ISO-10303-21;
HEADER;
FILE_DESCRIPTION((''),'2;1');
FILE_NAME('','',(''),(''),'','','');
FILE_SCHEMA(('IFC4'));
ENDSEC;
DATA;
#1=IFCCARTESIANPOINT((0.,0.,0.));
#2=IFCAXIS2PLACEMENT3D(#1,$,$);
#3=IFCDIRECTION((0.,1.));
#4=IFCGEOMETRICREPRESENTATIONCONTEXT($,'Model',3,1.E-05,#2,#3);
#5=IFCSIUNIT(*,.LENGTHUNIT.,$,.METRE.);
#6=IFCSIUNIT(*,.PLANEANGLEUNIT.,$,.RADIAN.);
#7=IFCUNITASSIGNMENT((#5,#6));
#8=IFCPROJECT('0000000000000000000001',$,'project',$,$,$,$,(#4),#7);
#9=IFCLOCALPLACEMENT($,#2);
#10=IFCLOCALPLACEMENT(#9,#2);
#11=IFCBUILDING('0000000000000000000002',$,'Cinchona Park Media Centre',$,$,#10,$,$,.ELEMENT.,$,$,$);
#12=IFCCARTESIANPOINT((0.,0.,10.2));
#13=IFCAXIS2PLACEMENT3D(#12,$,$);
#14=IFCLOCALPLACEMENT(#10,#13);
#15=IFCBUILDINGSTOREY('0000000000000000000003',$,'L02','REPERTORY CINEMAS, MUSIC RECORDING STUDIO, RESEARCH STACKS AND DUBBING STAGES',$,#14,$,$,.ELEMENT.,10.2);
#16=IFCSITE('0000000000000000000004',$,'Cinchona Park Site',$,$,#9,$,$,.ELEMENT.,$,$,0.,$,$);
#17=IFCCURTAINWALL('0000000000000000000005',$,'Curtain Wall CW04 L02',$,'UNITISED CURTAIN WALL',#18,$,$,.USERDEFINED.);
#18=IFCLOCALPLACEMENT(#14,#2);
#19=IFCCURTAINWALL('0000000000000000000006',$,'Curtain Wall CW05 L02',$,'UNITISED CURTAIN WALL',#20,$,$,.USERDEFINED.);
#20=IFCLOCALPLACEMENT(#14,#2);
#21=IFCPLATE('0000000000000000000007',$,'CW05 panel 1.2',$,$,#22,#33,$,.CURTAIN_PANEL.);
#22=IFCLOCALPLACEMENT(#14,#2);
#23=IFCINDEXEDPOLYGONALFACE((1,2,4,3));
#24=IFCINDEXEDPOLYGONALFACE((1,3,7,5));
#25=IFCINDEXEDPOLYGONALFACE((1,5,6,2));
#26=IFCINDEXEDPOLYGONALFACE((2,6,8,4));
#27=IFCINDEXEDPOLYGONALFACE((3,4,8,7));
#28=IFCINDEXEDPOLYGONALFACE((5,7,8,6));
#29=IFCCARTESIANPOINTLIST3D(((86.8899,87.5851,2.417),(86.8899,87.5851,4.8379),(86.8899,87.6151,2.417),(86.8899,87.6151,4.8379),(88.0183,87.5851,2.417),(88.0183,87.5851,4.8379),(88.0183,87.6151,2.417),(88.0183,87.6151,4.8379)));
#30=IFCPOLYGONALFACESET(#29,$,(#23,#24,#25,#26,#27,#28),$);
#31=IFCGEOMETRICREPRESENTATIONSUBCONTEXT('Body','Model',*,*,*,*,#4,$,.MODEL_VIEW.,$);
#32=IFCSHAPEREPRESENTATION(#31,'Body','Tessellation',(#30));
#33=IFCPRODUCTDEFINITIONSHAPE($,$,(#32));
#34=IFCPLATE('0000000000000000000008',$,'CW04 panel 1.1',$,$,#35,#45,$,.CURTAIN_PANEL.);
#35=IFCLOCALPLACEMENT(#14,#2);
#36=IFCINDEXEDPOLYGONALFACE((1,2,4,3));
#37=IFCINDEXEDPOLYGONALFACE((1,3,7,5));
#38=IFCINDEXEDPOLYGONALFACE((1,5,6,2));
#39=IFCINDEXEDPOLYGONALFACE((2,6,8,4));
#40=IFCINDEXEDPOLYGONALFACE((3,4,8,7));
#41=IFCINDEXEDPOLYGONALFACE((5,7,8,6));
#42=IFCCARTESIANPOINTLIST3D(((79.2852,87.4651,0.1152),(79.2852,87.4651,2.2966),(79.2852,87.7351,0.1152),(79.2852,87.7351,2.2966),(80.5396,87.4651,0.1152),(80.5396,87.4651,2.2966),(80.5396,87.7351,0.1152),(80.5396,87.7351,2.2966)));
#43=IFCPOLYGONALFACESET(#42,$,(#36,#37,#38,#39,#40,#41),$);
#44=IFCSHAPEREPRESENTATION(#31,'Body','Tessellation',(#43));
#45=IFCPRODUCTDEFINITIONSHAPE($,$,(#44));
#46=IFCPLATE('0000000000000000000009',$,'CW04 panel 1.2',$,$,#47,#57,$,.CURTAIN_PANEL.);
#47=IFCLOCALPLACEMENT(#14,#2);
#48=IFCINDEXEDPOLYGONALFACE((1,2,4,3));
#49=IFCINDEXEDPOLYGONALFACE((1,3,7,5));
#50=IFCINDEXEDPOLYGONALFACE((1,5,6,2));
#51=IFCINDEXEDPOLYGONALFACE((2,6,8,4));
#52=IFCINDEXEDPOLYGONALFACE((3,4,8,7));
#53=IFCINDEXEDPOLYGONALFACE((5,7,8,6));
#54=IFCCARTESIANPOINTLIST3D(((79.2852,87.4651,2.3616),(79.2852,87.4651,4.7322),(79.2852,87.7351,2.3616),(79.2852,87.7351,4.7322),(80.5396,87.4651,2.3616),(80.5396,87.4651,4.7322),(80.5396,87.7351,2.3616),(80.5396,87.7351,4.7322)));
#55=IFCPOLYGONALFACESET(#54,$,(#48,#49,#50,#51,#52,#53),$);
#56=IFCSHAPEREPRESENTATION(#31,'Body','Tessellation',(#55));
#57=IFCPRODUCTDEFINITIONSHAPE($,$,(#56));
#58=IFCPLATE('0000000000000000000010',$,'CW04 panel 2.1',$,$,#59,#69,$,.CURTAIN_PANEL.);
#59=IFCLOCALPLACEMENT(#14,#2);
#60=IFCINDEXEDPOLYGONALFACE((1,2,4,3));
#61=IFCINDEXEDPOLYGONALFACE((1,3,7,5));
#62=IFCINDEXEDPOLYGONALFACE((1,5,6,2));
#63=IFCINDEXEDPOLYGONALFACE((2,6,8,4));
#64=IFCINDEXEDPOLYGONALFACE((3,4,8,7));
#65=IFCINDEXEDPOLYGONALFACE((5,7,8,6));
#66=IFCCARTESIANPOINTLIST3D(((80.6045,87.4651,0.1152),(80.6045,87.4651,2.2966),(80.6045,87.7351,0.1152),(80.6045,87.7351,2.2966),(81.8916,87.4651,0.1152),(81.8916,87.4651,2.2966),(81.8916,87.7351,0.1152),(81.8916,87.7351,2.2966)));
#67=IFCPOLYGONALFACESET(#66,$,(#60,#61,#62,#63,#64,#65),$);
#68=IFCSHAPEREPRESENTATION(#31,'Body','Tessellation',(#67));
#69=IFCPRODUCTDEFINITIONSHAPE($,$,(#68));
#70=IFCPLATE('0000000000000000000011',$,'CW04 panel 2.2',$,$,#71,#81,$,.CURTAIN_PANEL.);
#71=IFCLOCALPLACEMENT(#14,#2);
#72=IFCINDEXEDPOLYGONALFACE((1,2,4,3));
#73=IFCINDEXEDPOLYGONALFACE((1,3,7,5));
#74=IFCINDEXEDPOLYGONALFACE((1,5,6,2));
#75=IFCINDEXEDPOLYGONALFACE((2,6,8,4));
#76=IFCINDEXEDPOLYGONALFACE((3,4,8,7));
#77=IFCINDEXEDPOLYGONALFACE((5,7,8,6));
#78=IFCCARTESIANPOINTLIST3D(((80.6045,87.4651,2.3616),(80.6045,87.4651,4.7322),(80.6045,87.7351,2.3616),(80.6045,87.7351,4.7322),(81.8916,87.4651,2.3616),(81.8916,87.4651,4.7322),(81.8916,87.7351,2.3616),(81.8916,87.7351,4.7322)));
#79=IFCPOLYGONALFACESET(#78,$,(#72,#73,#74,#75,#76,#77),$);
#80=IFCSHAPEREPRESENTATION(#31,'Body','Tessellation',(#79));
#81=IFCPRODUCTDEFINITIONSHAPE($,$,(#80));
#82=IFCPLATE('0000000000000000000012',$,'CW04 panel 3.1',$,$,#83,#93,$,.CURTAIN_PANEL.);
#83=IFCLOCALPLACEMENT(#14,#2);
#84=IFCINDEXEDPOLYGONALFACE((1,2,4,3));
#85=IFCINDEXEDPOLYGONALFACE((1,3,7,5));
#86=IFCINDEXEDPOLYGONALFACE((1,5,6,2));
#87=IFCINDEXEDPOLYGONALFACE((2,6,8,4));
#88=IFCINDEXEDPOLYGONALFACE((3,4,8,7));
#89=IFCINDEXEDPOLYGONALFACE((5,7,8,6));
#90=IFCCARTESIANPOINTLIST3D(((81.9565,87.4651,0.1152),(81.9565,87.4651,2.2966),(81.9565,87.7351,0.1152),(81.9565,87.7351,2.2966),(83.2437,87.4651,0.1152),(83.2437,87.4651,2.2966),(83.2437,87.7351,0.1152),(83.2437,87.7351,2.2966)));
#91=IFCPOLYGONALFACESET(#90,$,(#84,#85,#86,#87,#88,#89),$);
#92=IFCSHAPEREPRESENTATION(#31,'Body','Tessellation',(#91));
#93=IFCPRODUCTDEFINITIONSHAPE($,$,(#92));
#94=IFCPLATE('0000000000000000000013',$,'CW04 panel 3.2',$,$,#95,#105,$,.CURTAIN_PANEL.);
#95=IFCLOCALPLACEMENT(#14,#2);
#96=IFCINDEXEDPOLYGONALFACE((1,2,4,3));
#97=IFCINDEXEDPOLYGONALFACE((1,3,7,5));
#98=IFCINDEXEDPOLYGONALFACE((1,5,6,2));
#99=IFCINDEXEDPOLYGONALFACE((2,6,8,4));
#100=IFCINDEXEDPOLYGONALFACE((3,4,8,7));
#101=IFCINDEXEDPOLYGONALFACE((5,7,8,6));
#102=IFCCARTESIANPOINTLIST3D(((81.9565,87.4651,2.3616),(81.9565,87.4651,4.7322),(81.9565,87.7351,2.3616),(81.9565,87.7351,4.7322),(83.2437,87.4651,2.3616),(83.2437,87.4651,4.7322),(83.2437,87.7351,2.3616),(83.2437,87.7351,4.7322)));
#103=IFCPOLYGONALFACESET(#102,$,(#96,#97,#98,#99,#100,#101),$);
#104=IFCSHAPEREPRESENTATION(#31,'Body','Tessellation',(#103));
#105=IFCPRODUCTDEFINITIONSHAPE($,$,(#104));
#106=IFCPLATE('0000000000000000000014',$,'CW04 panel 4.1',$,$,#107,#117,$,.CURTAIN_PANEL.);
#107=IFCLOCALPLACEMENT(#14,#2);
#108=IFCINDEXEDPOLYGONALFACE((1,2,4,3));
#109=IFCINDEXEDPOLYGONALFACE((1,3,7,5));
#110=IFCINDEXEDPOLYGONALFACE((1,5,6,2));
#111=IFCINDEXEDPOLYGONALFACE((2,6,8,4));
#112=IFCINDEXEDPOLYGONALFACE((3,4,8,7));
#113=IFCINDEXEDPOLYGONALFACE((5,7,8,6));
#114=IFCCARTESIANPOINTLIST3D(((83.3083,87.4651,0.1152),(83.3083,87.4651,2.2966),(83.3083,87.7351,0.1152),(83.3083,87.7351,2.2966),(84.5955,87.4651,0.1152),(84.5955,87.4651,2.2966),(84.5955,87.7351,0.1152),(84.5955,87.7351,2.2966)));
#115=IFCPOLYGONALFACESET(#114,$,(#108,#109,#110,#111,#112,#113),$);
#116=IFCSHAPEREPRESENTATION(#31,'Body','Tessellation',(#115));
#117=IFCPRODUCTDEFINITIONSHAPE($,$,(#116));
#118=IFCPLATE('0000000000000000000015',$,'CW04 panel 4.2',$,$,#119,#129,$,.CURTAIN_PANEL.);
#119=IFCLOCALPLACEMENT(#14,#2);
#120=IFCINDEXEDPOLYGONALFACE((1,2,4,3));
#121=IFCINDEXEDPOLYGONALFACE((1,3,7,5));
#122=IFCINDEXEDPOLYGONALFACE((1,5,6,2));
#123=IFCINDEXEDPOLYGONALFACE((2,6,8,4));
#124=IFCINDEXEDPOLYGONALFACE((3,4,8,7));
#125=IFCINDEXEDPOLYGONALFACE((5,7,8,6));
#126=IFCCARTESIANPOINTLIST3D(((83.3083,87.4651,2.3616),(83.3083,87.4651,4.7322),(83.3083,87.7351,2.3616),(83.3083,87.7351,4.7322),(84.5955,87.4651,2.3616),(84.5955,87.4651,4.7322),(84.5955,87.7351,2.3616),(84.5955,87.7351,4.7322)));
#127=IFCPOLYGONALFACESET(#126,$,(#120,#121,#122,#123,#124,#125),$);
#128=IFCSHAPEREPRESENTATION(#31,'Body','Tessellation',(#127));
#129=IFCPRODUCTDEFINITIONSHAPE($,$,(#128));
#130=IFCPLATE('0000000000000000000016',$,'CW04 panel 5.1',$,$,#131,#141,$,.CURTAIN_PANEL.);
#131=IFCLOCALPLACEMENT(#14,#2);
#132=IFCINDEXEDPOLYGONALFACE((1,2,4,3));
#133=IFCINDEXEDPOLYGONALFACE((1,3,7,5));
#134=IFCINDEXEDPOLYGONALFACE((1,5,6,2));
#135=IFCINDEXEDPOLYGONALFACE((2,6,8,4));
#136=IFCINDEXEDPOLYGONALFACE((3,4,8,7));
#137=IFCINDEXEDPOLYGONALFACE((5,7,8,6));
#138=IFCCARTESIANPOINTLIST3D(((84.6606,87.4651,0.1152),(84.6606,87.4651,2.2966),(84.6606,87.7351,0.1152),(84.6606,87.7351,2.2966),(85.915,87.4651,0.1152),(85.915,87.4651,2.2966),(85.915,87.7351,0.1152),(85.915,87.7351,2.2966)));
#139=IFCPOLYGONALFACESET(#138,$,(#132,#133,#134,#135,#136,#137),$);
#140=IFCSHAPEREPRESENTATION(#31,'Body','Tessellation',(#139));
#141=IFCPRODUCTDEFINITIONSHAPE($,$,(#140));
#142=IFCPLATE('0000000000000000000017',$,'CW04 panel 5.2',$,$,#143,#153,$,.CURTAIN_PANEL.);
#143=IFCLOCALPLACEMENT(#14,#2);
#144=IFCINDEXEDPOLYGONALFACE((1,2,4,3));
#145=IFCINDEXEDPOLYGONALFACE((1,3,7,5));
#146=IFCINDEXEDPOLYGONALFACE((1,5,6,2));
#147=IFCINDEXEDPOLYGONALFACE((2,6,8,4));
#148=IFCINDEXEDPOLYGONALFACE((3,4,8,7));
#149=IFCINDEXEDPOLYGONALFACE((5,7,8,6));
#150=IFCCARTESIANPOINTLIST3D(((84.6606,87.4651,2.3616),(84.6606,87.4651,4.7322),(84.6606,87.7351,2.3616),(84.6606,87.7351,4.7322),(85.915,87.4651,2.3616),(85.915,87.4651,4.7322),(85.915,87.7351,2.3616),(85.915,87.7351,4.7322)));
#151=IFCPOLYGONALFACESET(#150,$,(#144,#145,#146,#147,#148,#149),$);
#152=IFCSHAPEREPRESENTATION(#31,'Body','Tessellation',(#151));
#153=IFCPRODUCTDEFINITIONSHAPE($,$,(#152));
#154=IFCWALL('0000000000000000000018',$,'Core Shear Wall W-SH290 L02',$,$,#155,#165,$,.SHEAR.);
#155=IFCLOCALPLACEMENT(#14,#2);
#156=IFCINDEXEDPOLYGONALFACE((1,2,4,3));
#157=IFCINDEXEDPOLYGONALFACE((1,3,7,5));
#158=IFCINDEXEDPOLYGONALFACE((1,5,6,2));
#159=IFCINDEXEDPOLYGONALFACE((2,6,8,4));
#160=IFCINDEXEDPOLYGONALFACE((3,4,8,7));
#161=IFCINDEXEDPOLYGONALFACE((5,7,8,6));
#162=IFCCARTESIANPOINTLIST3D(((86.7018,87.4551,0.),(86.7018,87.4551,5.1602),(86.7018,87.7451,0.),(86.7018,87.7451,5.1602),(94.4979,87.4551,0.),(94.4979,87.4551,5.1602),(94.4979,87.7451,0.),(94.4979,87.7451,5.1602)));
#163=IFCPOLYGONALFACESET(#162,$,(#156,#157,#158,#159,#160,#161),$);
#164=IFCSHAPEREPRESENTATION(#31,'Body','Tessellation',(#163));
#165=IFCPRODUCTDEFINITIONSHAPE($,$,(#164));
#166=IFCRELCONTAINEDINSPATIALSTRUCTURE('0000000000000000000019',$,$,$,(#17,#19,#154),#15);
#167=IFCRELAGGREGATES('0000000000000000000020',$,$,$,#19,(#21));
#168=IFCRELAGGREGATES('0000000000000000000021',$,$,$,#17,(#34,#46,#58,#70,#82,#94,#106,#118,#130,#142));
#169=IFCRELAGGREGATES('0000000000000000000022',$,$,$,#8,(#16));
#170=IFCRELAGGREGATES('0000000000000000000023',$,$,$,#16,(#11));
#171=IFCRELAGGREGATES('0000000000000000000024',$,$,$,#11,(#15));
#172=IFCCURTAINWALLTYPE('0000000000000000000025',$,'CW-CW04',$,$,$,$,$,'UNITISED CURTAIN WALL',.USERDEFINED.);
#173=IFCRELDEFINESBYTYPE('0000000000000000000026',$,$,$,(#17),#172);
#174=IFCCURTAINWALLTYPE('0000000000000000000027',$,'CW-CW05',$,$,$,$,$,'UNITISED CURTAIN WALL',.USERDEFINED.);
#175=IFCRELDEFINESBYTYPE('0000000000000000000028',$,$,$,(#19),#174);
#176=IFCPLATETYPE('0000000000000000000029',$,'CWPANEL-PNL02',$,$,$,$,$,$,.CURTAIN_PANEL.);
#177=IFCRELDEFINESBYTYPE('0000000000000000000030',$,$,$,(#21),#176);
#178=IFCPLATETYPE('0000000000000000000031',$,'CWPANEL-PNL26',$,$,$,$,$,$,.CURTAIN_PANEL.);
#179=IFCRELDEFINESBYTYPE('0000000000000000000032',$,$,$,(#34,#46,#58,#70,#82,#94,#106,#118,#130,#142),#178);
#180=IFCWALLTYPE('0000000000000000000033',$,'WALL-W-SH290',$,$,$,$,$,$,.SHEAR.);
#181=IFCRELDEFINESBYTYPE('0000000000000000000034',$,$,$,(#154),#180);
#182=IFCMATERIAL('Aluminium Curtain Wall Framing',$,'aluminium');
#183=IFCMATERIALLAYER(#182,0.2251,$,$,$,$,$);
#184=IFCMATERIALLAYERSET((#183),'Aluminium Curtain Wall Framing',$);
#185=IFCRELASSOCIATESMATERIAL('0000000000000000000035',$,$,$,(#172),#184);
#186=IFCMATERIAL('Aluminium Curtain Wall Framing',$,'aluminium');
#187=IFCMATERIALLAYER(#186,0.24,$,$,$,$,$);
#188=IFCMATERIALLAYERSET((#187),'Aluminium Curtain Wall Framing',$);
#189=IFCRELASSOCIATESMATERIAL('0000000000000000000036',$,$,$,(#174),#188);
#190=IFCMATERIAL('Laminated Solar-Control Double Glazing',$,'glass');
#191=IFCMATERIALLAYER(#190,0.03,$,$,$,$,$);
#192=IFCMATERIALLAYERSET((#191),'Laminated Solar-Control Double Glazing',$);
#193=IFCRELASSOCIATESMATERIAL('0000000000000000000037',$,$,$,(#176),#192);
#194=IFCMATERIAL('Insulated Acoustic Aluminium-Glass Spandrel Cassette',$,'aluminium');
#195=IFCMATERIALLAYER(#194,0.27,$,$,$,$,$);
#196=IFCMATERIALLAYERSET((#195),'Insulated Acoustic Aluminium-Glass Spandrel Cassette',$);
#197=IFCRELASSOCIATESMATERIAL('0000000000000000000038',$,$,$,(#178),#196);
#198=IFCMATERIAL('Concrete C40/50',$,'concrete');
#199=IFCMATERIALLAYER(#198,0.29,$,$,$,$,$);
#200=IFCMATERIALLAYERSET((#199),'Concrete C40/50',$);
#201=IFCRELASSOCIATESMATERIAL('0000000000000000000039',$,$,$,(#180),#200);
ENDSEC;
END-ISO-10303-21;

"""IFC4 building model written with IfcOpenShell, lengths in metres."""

from ifc_helpers import new_model, si_unit, direction, frame, frame_2d, origin, origin_2d, place, context, subcontext, project, spatial, rectangle, extrude, material, layer, layer_set, type_object, element, aggregate, save


model = new_model("IFC4")

# Units and contexts
model_context = context("Model", 3, precision=1e-05, world=origin(), true_north=direction((0.0, 1.0)))
body_context = subcontext(model_context, "Body", "Model", "MODEL_VIEW")
ifc_project = project(units=[si_unit("LENGTHUNIT", "METRE"), si_unit("PLANEANGLEUNIT", "RADIAN")], contexts=[model_context])

# Site, building, storey
site_placement = place(None, origin())
site = spatial("IfcSite", under=ifc_project, at=site_placement, Name="Cinchona Park Site", CompositionType="ELEMENT", RefElevation=0.0)
building_placement = place(site_placement, origin())
building = spatial("IfcBuilding", under=site, at=building_placement, Name="Cinchona Park Media Centre", CompositionType="ELEMENT")
storey_placement = place(building_placement, frame((0.0, 0.0, 10.2)))
storey = spatial("IfcBuildingStorey", under=building, at=storey_placement, Name="L02", Description="REPERTORY CINEMAS, MUSIC RECORDING STUDIO, RESEARCH STACKS AND DUBBING STAGES", CompositionType="ELEMENT", Elevation=10.2)

# Curtain wall
ifc_material_1 = material(Name="Aluminium Curtain Wall Framing", Category="aluminium")
ifc_layer_1 = layer(ifc_material_1, 0.2251)
ifc_layer_set_1 = layer_set([ifc_layer_1], Name="Aluminium Curtain Wall Framing")
curtain_wall_type_1 = type_object("IfcCurtainWallType", Name="CW-CW04", ElementType="UNITISED CURTAIN WALL", PredefinedType="USERDEFINED", material=ifc_layer_set_1)
curtain_wall_1_placement = place(storey_placement, origin())
curtain_wall_1 = element("IfcCurtainWall", 1, at=curtain_wall_1_placement, inside=storey, type_object=curtain_wall_type_1, Name="Curtain Wall CW04 L02", ObjectType="UNITISED CURTAIN WALL", PredefinedType="USERDEFINED")

# Curtain wall
ifc_material_2 = material(Name="Aluminium Curtain Wall Framing", Category="aluminium")
ifc_layer_2 = layer(ifc_material_2, 0.24)
ifc_layer_set_2 = layer_set([ifc_layer_2], Name="Aluminium Curtain Wall Framing")
curtain_wall_type_2 = type_object("IfcCurtainWallType", Name="CW-CW05", ElementType="UNITISED CURTAIN WALL", PredefinedType="USERDEFINED", material=ifc_layer_set_2)
curtain_wall_2_placement = place(storey_placement, origin())
curtain_wall_2 = element("IfcCurtainWall", 2, at=curtain_wall_2_placement, inside=storey, type_object=curtain_wall_type_2, Name="Curtain Wall CW05 L02", ObjectType="UNITISED CURTAIN WALL", PredefinedType="USERDEFINED")

# Plates
ifc_material_3 = material(Name="Laminated Solar-Control Double Glazing", Category="glass")
ifc_layer_3 = layer(ifc_material_3, 0.03)
ifc_layer_set_3 = layer_set([ifc_layer_3], Name="Laminated Solar-Control Double Glazing")
plate_type_1 = type_object("IfcPlateType", Name="CWPANEL-PNL02", PredefinedType="CURTAIN_PANEL", material=ifc_layer_set_3)
plate_1_placement = place(storey_placement, frame((87.4541, 87.6001, 2.417), z_axis=(0.0, 0.0, 1.0), x_axis=(1.0, 0.0, 0.0)))
plate_1 = element("IfcPlate", 3, at=plate_1_placement, type_object=plate_type_1, Name="CW05 panel 1.2", PredefinedType="CURTAIN_PANEL", context=body_context, shape_type="SweptSolid", body=[
    extrude(rectangle(XDim=1.1284, YDim=0.03, at=origin_2d()), origin(), (0.0, 0.0, 1.0), 2.4209),
])
aggregate(curtain_wall_2, [plate_1])
ifc_material_4 = material(Name="Insulated Acoustic Aluminium-Glass Spandrel Cassette", Category="aluminium")
ifc_layer_4 = layer(ifc_material_4, 0.27)
ifc_layer_set_4 = layer_set([ifc_layer_4], Name="Insulated Acoustic Aluminium-Glass Spandrel Cassette")
plate_type_2 = type_object("IfcPlateType", Name="CWPANEL-PNL26", PredefinedType="CURTAIN_PANEL", material=ifc_layer_set_4)
plate_2_placement = place(storey_placement, frame((79.9124, 87.6001, 0.1152), z_axis=(0.0, 0.0, 1.0), x_axis=(1.0, 0.0, 0.0)))
plate_2 = element("IfcPlate", 4, at=plate_2_placement, type_object=plate_type_2, Name="CW04 panel 1.1", PredefinedType="CURTAIN_PANEL", context=body_context, shape_type="SweptSolid", body=[
    extrude(rectangle(XDim=1.2544, YDim=0.27, at=origin_2d()), origin(), (0.0, 0.0, 1.0), 2.1814),
])
plate_3_placement = place(storey_placement, frame((79.9124, 87.6001, 2.3616), z_axis=(0.0, 0.0, 1.0), x_axis=(1.0, 0.0, 0.0)))
plate_3 = element("IfcPlate", 5, at=plate_3_placement, type_object=plate_type_2, Name="CW04 panel 1.2", PredefinedType="CURTAIN_PANEL", context=body_context, shape_type="SweptSolid", body=[
    extrude(rectangle(XDim=1.2544, YDim=0.27, at=origin_2d()), origin(), (0.0, 0.0, 1.0), 2.3706),
])
plate_4_placement = place(storey_placement, frame((81.248, 87.6001, 0.1152), z_axis=(0.0, 0.0, 1.0), x_axis=(1.0, 0.0, 0.0)))
plate_4 = element("IfcPlate", 6, at=plate_4_placement, type_object=plate_type_2, Name="CW04 panel 2.1", PredefinedType="CURTAIN_PANEL", context=body_context, shape_type="SweptSolid", body=[
    extrude(rectangle(XDim=1.2871, YDim=0.27, at=origin_2d()), origin(), (0.0, 0.0, 1.0), 2.1814),
])
plate_5_placement = place(storey_placement, frame((81.248, 87.6001, 2.3616), z_axis=(0.0, 0.0, 1.0), x_axis=(1.0, 0.0, 0.0)))
plate_5 = element("IfcPlate", 7, at=plate_5_placement, type_object=plate_type_2, Name="CW04 panel 2.2", PredefinedType="CURTAIN_PANEL", context=body_context, shape_type="SweptSolid", body=[
    extrude(rectangle(XDim=1.2871, YDim=0.27, at=origin_2d()), origin(), (0.0, 0.0, 1.0), 2.3706),
])
plate_6_placement = place(storey_placement, frame((82.6001, 87.6001, 0.1152), z_axis=(0.0, 0.0, 1.0), x_axis=(1.0, 0.0, 0.0)))
plate_6 = element("IfcPlate", 8, at=plate_6_placement, type_object=plate_type_2, Name="CW04 panel 3.1", PredefinedType="CURTAIN_PANEL", context=body_context, shape_type="SweptSolid", body=[
    extrude(rectangle(XDim=1.2871, YDim=0.27, at=origin_2d()), origin(), (0.0, 0.0, 1.0), 2.1814),
])
plate_7_placement = place(storey_placement, frame((82.6001, 87.6001, 2.3616), z_axis=(0.0, 0.0, 1.0), x_axis=(1.0, 0.0, 0.0)))
plate_7 = element("IfcPlate", 9, at=plate_7_placement, type_object=plate_type_2, Name="CW04 panel 3.2", PredefinedType="CURTAIN_PANEL", context=body_context, shape_type="SweptSolid", body=[
    extrude(rectangle(XDim=1.2871, YDim=0.27, at=origin_2d()), origin(), (0.0, 0.0, 1.0), 2.3706),
])
plate_8_placement = place(storey_placement, frame((83.9519, 87.6001, 0.1152), z_axis=(0.0, 0.0, 1.0), x_axis=(1.0, 0.0, 0.0)))
plate_8 = element("IfcPlate", 10, at=plate_8_placement, type_object=plate_type_2, Name="CW04 panel 4.1", PredefinedType="CURTAIN_PANEL", context=body_context, shape_type="SweptSolid", body=[
    extrude(rectangle(XDim=1.2871, YDim=0.27, at=origin_2d()), origin(), (0.0, 0.0, 1.0), 2.1814),
])
plate_9_placement = place(storey_placement, frame((83.9519, 87.6001, 2.3616), z_axis=(0.0, 0.0, 1.0), x_axis=(1.0, 0.0, 0.0)))
plate_9 = element("IfcPlate", 11, at=plate_9_placement, type_object=plate_type_2, Name="CW04 panel 4.2", PredefinedType="CURTAIN_PANEL", context=body_context, shape_type="SweptSolid", body=[
    extrude(rectangle(XDim=1.2871, YDim=0.27, at=origin_2d()), origin(), (0.0, 0.0, 1.0), 2.3706),
])
plate_10_placement = place(storey_placement, frame((85.2878, 87.6001, 0.1152), z_axis=(0.0, 0.0, 1.0), x_axis=(1.0, 0.0, 0.0)))
plate_10 = element("IfcPlate", 12, at=plate_10_placement, type_object=plate_type_2, Name="CW04 panel 5.1", PredefinedType="CURTAIN_PANEL", context=body_context, shape_type="SweptSolid", body=[
    extrude(rectangle(XDim=1.2544, YDim=0.27, at=origin_2d()), origin(), (0.0, 0.0, 1.0), 2.1814),
])
plate_11_placement = place(storey_placement, frame((85.2878, 87.6001, 2.3616), z_axis=(0.0, 0.0, 1.0), x_axis=(1.0, 0.0, 0.0)))
plate_11 = element("IfcPlate", 13, at=plate_11_placement, type_object=plate_type_2, Name="CW04 panel 5.2", PredefinedType="CURTAIN_PANEL", context=body_context, shape_type="SweptSolid", body=[
    extrude(rectangle(XDim=1.2544, YDim=0.27, at=origin_2d()), origin(), (0.0, 0.0, 1.0), 2.3706),
])
aggregate(curtain_wall_1, [plate_2, plate_3, plate_4, plate_5, plate_6, plate_7, plate_8, plate_9, plate_10, plate_11])

# Wall
ifc_material_5 = material(Name="Concrete C40/50", Category="concrete")
ifc_layer_5 = layer(ifc_material_5, 0.29)
ifc_layer_set_5 = layer_set([ifc_layer_5], Name="Concrete C40/50")
wall_type = type_object("IfcWallType", Name="WALL-W-SH290", PredefinedType="SHEAR", material=ifc_layer_set_5)
wall_placement = place(storey_placement, frame((86.7019, 87.6001, 0.0), z_axis=(0.0, 0.0, 1.0), x_axis=(1.0, 0.0, 0.0)))
element("IfcWall", 14, at=wall_placement, inside=storey, type_object=wall_type, Name="Core Shear Wall W-SH290 L02", PredefinedType="SHEAR", context=body_context, shape_type="SweptSolid", body=[
    extrude(rectangle(XDim=7.7961, YDim=0.29, at=frame_2d((3.8979, 0.0))), origin(), (0.0, 0.0, 1.0), 5.1602),
])

save(model, "model.ifc")
